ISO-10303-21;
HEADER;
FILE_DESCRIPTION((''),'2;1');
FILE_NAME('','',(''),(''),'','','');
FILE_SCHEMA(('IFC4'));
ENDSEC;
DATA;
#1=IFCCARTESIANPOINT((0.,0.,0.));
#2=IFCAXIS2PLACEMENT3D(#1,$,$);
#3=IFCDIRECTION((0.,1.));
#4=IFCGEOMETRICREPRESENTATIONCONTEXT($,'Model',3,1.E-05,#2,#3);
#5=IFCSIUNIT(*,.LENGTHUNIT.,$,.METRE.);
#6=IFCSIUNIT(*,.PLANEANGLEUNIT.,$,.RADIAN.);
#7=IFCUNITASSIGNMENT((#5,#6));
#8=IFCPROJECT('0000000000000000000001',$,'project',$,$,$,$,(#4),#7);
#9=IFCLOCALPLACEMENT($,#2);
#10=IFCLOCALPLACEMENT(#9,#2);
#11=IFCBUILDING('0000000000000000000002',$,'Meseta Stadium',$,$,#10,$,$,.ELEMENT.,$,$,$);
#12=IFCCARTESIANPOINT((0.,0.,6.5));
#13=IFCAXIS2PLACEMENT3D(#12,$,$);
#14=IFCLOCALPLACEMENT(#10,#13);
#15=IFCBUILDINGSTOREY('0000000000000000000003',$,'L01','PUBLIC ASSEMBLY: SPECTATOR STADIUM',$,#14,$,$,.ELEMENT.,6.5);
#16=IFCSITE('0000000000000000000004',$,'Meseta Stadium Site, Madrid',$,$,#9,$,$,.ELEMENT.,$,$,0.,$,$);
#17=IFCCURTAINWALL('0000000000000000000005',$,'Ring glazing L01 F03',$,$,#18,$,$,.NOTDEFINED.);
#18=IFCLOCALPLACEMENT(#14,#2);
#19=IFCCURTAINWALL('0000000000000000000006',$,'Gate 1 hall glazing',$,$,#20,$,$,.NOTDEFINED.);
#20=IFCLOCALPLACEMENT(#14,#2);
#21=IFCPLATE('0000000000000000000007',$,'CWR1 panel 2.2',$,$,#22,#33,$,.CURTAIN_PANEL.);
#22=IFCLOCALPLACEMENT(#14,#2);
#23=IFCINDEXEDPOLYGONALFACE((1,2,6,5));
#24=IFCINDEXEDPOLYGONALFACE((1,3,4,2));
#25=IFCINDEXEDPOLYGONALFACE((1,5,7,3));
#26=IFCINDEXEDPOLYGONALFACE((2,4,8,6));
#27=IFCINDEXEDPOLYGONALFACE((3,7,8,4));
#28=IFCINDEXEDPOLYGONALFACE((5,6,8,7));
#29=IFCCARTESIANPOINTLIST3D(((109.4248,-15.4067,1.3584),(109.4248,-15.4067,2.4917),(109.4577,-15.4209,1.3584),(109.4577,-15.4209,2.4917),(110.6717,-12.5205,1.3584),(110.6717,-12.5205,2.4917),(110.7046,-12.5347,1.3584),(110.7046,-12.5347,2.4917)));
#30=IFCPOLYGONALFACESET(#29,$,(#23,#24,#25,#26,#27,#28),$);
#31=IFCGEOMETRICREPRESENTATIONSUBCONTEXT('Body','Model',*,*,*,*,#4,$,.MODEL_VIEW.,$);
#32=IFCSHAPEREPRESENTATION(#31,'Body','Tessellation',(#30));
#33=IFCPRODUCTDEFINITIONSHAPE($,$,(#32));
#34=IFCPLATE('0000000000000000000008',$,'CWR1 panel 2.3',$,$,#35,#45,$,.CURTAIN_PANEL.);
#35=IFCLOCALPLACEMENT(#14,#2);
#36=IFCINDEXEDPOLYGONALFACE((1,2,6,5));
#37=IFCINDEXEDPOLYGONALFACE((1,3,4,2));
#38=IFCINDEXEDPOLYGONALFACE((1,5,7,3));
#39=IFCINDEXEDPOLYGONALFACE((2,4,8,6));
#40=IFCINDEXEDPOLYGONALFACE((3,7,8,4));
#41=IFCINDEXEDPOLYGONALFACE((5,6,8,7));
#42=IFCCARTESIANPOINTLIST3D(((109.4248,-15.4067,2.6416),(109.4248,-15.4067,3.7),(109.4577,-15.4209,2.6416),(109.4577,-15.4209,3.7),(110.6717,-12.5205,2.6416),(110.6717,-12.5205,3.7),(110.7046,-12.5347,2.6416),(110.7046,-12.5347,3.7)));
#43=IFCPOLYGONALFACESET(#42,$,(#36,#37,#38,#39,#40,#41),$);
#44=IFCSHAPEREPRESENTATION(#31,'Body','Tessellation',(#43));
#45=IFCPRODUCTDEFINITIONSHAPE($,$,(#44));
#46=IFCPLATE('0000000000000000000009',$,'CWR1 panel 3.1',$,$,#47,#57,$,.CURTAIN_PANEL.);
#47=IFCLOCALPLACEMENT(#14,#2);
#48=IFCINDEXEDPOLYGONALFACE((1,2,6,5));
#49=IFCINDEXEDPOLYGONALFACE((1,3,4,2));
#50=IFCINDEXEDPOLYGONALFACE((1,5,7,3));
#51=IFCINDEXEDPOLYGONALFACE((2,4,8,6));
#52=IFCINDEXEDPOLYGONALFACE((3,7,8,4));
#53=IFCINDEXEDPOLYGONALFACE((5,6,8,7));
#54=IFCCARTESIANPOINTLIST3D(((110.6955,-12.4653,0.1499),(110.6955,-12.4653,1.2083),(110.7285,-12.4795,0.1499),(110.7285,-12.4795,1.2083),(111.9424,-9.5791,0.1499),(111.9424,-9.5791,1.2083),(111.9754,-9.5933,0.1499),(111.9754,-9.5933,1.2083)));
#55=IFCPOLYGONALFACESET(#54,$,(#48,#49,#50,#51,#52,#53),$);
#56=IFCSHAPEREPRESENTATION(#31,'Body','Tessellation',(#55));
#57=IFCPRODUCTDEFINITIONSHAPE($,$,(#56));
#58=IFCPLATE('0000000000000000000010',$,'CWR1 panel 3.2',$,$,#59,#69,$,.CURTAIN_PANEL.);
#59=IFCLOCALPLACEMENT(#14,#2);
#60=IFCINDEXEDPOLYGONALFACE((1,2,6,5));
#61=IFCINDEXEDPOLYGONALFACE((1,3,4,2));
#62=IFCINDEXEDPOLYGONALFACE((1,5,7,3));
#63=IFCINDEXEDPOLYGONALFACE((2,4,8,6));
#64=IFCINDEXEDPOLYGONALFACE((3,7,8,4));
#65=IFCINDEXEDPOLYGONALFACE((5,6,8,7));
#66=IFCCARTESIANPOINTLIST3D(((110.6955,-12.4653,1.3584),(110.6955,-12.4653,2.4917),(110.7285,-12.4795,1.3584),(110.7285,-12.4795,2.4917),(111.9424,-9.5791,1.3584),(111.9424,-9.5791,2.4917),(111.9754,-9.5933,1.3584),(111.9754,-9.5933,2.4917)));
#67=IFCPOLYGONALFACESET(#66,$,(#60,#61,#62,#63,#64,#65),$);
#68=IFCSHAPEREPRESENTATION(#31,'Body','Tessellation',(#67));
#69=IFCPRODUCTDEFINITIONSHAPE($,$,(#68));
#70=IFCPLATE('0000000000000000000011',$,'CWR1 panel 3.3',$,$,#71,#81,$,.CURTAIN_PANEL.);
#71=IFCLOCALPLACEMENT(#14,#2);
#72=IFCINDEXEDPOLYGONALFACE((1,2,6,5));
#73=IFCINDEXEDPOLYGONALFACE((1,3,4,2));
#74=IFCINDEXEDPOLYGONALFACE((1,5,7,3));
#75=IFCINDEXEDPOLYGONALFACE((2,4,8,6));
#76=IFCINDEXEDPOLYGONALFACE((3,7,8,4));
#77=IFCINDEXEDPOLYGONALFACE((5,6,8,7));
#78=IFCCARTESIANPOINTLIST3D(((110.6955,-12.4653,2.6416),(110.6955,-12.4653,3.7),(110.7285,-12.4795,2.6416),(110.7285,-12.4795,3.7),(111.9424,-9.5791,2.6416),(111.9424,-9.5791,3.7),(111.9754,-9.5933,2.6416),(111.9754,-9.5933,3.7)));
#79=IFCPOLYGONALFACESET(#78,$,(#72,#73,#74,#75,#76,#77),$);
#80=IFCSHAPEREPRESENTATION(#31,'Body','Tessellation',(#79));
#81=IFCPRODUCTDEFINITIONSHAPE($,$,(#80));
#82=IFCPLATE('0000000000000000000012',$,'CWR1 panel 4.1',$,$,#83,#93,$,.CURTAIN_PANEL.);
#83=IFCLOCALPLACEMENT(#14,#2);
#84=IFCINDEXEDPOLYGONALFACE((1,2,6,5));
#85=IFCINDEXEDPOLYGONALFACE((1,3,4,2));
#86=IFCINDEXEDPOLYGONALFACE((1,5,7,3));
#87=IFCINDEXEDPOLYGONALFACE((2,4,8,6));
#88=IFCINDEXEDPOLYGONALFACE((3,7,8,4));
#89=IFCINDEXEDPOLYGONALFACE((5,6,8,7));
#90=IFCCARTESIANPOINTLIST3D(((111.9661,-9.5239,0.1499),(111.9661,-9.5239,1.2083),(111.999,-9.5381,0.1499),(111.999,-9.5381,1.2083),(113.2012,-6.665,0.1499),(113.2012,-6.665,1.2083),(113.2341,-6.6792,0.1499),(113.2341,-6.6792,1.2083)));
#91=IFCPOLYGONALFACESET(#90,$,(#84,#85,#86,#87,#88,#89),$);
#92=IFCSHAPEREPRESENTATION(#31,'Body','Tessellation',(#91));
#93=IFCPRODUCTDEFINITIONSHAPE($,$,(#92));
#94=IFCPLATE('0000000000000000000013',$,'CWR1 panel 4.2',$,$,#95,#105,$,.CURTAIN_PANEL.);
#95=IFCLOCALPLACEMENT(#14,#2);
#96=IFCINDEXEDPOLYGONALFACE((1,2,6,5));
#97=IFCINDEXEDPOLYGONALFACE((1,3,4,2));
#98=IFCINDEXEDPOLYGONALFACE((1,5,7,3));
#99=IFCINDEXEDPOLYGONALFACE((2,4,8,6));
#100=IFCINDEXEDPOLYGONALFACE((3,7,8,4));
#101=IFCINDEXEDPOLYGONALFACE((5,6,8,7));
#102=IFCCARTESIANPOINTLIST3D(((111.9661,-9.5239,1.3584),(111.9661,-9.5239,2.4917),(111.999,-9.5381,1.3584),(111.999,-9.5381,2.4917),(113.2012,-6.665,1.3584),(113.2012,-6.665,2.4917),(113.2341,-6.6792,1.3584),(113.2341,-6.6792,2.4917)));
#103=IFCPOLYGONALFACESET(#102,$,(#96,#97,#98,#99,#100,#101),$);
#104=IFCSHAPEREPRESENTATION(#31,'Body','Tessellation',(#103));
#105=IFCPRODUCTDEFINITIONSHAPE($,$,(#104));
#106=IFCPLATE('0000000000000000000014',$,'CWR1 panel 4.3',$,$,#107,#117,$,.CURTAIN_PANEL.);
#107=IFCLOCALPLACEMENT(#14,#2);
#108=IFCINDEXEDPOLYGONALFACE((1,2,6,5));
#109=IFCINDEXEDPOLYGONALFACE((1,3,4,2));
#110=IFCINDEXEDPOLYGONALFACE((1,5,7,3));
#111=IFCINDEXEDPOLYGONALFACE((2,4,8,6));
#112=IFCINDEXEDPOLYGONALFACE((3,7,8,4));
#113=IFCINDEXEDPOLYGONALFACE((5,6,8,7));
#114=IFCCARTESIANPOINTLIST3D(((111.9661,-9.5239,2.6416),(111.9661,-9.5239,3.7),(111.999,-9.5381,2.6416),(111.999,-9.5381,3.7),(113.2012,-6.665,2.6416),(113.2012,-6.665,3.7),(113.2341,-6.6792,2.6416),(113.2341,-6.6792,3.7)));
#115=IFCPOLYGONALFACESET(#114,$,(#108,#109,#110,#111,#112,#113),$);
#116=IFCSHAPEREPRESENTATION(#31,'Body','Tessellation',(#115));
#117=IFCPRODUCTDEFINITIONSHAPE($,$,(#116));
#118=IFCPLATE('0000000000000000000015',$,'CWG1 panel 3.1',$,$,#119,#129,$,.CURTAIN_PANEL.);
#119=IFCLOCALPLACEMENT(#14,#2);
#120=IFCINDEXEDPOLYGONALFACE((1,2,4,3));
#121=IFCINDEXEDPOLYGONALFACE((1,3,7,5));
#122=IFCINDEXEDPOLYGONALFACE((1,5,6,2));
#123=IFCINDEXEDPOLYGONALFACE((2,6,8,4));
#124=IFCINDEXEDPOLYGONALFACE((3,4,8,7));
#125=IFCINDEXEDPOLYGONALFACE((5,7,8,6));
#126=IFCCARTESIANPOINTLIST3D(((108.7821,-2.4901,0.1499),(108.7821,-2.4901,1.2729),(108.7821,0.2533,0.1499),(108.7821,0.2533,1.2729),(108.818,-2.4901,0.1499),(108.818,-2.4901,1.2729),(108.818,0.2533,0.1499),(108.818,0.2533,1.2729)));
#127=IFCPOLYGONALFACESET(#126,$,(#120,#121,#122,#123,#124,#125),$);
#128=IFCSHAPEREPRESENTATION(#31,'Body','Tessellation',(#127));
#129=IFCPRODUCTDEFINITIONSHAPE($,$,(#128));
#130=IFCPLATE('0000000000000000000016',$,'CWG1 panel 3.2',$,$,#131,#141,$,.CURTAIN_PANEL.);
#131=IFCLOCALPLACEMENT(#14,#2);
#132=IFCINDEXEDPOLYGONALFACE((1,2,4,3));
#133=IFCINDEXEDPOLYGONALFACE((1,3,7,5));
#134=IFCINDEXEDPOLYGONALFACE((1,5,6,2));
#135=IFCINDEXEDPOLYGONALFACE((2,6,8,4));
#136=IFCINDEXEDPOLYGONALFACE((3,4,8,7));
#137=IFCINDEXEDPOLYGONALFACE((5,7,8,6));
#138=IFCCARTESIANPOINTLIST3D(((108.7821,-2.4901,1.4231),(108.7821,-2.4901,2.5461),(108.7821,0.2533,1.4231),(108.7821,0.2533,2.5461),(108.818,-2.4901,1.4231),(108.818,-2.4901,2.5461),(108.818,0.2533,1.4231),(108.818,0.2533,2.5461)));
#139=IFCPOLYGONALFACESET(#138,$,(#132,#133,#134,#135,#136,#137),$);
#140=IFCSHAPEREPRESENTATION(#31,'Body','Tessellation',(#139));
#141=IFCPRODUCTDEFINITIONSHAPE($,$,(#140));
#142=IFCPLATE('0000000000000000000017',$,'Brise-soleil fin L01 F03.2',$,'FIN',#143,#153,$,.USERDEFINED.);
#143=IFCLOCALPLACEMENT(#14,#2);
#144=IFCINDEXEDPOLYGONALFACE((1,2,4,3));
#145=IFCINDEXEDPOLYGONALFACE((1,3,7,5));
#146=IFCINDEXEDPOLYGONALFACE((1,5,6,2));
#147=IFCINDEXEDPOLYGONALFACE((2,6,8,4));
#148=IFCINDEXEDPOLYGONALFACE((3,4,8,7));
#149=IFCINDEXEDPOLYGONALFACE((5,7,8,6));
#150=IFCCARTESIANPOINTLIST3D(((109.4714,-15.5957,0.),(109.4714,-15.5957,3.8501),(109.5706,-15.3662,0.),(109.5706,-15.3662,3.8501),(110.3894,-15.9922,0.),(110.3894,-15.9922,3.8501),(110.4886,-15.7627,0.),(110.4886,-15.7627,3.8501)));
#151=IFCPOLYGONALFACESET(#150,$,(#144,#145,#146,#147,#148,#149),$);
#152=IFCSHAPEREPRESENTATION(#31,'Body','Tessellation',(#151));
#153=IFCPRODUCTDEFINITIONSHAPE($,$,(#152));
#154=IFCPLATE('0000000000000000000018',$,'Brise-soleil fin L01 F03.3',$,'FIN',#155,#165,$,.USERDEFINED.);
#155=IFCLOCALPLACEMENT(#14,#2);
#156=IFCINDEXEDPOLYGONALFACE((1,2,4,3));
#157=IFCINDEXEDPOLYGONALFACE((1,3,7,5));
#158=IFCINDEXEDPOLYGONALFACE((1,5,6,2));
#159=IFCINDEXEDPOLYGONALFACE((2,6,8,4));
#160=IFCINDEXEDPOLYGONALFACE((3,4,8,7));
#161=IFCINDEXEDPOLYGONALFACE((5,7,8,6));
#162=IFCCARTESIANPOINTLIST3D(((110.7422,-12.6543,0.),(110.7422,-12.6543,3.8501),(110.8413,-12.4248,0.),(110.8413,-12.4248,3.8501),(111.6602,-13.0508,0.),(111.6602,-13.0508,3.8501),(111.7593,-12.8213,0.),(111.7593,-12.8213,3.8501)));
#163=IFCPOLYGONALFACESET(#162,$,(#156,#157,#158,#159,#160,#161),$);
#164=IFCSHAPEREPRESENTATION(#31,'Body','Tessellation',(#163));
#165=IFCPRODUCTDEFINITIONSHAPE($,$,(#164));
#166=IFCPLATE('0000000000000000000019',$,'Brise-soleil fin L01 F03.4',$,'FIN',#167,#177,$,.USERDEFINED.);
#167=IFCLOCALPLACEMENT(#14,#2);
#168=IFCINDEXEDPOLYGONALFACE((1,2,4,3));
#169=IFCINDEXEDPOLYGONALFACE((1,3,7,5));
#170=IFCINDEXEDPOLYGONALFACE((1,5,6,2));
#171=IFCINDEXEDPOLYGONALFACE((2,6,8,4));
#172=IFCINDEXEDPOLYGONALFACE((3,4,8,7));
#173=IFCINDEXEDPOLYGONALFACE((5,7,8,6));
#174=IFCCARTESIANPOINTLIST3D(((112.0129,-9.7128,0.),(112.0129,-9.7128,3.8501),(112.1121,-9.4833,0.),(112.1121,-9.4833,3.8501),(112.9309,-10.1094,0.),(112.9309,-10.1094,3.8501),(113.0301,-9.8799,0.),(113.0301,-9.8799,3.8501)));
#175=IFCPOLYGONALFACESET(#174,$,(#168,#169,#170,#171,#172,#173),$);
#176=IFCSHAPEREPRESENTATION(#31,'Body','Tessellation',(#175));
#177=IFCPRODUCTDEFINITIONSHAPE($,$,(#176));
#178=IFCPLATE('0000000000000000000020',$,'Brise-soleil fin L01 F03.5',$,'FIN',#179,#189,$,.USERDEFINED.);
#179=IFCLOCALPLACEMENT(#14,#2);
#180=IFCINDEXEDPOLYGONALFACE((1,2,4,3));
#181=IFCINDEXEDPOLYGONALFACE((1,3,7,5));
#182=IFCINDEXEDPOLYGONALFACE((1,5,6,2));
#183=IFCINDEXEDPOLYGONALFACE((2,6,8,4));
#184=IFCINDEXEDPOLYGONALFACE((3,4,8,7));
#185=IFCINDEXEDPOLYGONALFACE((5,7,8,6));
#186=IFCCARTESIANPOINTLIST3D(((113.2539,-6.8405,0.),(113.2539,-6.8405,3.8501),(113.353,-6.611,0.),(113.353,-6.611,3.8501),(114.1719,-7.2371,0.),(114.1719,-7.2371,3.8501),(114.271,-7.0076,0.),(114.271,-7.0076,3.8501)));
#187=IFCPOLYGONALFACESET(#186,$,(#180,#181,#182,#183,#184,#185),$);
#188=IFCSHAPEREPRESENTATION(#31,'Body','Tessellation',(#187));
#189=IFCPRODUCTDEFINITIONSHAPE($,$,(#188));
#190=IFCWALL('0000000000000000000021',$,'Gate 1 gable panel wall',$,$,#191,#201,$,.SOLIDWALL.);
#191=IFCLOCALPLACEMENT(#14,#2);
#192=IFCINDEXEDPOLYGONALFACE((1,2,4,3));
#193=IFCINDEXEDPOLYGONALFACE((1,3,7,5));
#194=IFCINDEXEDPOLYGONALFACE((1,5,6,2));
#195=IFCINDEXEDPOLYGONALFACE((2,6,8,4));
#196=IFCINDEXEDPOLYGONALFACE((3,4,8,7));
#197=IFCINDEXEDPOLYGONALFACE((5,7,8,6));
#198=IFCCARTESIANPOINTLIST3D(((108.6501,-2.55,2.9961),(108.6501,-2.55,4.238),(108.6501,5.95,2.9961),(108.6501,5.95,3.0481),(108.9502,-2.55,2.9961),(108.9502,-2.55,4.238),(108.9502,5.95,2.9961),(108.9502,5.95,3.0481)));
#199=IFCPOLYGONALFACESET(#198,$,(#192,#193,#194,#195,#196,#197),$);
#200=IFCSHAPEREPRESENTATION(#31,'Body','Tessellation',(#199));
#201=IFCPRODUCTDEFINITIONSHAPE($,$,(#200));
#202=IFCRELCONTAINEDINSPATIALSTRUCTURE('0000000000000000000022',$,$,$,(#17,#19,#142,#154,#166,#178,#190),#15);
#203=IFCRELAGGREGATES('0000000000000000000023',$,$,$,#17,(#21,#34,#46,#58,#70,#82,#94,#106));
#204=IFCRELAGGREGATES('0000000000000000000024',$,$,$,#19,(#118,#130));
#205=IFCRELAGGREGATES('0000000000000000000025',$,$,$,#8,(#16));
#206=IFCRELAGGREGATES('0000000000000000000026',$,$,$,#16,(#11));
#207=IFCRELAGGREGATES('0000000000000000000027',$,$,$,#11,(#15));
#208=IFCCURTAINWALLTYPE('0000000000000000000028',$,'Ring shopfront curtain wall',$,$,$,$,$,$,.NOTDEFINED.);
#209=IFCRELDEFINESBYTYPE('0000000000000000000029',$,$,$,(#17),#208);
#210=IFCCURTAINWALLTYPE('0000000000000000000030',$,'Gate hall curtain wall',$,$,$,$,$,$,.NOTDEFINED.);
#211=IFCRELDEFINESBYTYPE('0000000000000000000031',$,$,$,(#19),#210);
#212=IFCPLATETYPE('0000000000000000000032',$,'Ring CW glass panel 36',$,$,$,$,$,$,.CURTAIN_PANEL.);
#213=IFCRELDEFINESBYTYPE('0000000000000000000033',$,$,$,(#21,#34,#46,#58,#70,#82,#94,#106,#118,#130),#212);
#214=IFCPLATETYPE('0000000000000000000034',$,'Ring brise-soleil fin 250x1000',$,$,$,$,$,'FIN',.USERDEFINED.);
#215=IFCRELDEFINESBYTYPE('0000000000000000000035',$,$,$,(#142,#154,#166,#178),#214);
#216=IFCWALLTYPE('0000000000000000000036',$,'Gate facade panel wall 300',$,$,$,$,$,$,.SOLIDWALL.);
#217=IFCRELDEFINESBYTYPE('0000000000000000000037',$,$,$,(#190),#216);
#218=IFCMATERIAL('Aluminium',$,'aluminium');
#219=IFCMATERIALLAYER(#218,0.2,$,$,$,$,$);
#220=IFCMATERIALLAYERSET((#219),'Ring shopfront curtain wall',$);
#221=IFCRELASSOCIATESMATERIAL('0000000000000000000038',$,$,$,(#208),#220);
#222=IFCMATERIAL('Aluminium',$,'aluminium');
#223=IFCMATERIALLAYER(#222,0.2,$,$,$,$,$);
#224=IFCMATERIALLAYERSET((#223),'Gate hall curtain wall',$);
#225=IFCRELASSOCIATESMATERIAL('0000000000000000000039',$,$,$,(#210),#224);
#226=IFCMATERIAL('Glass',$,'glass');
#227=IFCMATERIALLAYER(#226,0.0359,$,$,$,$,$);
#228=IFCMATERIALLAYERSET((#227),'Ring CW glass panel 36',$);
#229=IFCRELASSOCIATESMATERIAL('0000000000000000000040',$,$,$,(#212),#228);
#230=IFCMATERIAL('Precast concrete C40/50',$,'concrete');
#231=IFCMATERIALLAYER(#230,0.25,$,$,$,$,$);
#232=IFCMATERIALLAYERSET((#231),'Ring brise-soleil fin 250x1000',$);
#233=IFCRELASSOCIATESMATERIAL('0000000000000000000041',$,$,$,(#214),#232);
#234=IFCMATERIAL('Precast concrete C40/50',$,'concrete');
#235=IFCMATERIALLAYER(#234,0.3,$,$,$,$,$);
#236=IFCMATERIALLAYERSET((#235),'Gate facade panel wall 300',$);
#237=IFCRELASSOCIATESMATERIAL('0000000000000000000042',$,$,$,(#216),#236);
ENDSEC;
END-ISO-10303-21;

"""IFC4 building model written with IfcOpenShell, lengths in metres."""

from ifc_helpers import new_model, si_unit, direction, frame, origin, origin_2d, place, context, subcontext, project, spatial, polyline, rectangle, outline, extrude, material, layer, layer_set, type_object, element, aggregate, save


model = new_model("IFC4")

# Units and contexts
model_context = context("Model", 3, precision=1e-05, world=origin(), true_north=direction((0.0, 1.0)))
body_context = subcontext(model_context, "Body", "Model", "MODEL_VIEW")
ifc_project = project(units=[si_unit("LENGTHUNIT", "METRE"), si_unit("PLANEANGLEUNIT", "RADIAN")], contexts=[model_context])

# Site, building, storey
site_placement = place(None, origin())
site = spatial("IfcSite", under=ifc_project, at=site_placement, Name="Meseta Stadium Site, Madrid", CompositionType="ELEMENT", RefElevation=0.0)
building_placement = place(site_placement, origin())
building = spatial("IfcBuilding", under=site, at=building_placement, Name="Meseta Stadium", CompositionType="ELEMENT")
storey_placement = place(building_placement, frame((0.0, 0.0, 6.5)))
storey = spatial("IfcBuildingStorey", under=building, at=storey_placement, Name="L01", Description="PUBLIC ASSEMBLY: SPECTATOR STADIUM", CompositionType="ELEMENT", Elevation=6.5)

# Curtain wall
ifc_material_1 = material(Name="Aluminium", Category="aluminium")
ifc_layer_1 = layer(ifc_material_1, 0.2)
ifc_layer_set_1 = layer_set([ifc_layer_1], Name="Ring shopfront curtain wall")
curtain_wall_type_1 = type_object("IfcCurtainWallType", Name="Ring shopfront curtain wall", PredefinedType="NOTDEFINED", material=ifc_layer_set_1)
curtain_wall_1_placement = place(storey_placement, origin())
curtain_wall_1 = element("IfcCurtainWall", 1, at=curtain_wall_1_placement, inside=storey, type_object=curtain_wall_type_1, Name="Ring glazing L01 F03", PredefinedType="NOTDEFINED")

# Curtain wall
ifc_material_2 = material(Name="Aluminium", Category="aluminium")
ifc_layer_2 = layer(ifc_material_2, 0.2)
ifc_layer_set_2 = layer_set([ifc_layer_2], Name="Gate hall curtain wall")
curtain_wall_type_2 = type_object("IfcCurtainWallType", Name="Gate hall curtain wall", PredefinedType="NOTDEFINED", material=ifc_layer_set_2)
curtain_wall_2_placement = place(storey_placement, origin())
curtain_wall_2 = element("IfcCurtainWall", 2, at=curtain_wall_2_placement, inside=storey, type_object=curtain_wall_type_2, Name="Gate 1 hall glazing", PredefinedType="NOTDEFINED")

# Plates
ifc_material_3 = material(Name="Glass", Category="glass")
ifc_layer_3 = layer(ifc_material_3, 0.0359)
ifc_layer_set_3 = layer_set([ifc_layer_3], Name="Ring CW glass panel 36")
plate_type_1 = type_object("IfcPlateType", Name="Ring CW glass panel 36", PredefinedType="CURTAIN_PANEL", material=ifc_layer_set_3)
plate_1_placement = place(storey_placement, frame((110.0647, -13.9707, 1.3584), z_axis=(0.0, 0.0, 1.0), x_axis=(0.396581, 0.918, 0.0)))
plate_1 = element("IfcPlate", 3, at=plate_1_placement, type_object=plate_type_1, Name="CWR1 panel 2.2", PredefinedType="CURTAIN_PANEL", context=body_context, shape_type="SweptSolid", body=[
    extrude(rectangle(XDim=3.144, YDim=0.0359, at=origin_2d()), origin(), (0.0, 0.0, 1.0), 1.1333),
])
plate_2_placement = place(storey_placement, frame((110.0647, -13.9707, 2.6416), z_axis=(0.0, 0.0, 1.0), x_axis=(0.396581, 0.918, 0.0)))
plate_2 = element("IfcPlate", 4, at=plate_2_placement, type_object=plate_type_1, Name="CWR1 panel 2.3", PredefinedType="CURTAIN_PANEL", context=body_context, shape_type="SweptSolid", body=[
    extrude(rectangle(XDim=3.144, YDim=0.0359, at=origin_2d()), origin(), (0.0, 0.0, 1.0), 1.0583),
])
plate_3_placement = place(storey_placement, frame((111.3354, -11.0293, 0.1499), z_axis=(0.0, 0.0, 1.0), x_axis=(0.396581, 0.918, 0.0)))
plate_3 = element("IfcPlate", 5, at=plate_3_placement, type_object=plate_type_1, Name="CWR1 panel 3.1", PredefinedType="CURTAIN_PANEL", context=body_context, shape_type="SweptSolid", body=[
    extrude(rectangle(XDim=3.144, YDim=0.0359, at=origin_2d()), origin(), (0.0, 0.0, 1.0), 1.0583),
])
plate_4_placement = place(storey_placement, frame((111.3354, -11.0293, 1.3584), z_axis=(0.0, 0.0, 1.0), x_axis=(0.396581, 0.918, 0.0)))
plate_4 = element("IfcPlate", 6, at=plate_4_placement, type_object=plate_type_1, Name="CWR1 panel 3.2", PredefinedType="CURTAIN_PANEL", context=body_context, shape_type="SweptSolid", body=[
    extrude(rectangle(XDim=3.144, YDim=0.0359, at=origin_2d()), origin(), (0.0, 0.0, 1.0), 1.1333),
])
plate_5_placement = place(storey_placement, frame((111.3354, -11.0293, 2.6416), z_axis=(0.0, 0.0, 1.0), x_axis=(0.396581, 0.918, 0.0)))
plate_5 = element("IfcPlate", 7, at=plate_5_placement, type_object=plate_type_1, Name="CWR1 panel 3.3", PredefinedType="CURTAIN_PANEL", context=body_context, shape_type="SweptSolid", body=[
    extrude(rectangle(XDim=3.144, YDim=0.0359, at=origin_2d()), origin(), (0.0, 0.0, 1.0), 1.0583),
])
plate_6_placement = place(storey_placement, frame((112.6001, -8.1016, 0.1499), z_axis=(0.0, 0.0, 1.0), x_axis=(0.396581, 0.918, 0.0)))
plate_6 = element("IfcPlate", 8, at=plate_6_placement, type_object=plate_type_1, Name="CWR1 panel 4.1", PredefinedType="CURTAIN_PANEL", context=body_context, shape_type="SweptSolid", body=[
    extrude(rectangle(XDim=3.1143, YDim=0.0359, at=origin_2d()), origin(), (0.0, 0.0, 1.0), 1.0583),
])
plate_7_placement = place(storey_placement, frame((112.6001, -8.1016, 1.3584), z_axis=(0.0, 0.0, 1.0), x_axis=(0.396581, 0.918, 0.0)))
plate_7 = element("IfcPlate", 9, at=plate_7_placement, type_object=plate_type_1, Name="CWR1 panel 4.2", PredefinedType="CURTAIN_PANEL", context=body_context, shape_type="SweptSolid", body=[
    extrude(rectangle(XDim=3.1143, YDim=0.0359, at=origin_2d()), origin(), (0.0, 0.0, 1.0), 1.1333),
])
plate_8_placement = place(storey_placement, frame((112.6001, -8.1016, 2.6416), z_axis=(0.0, 0.0, 1.0), x_axis=(0.396581, 0.918, 0.0)))
plate_8 = element("IfcPlate", 10, at=plate_8_placement, type_object=plate_type_1, Name="CWR1 panel 4.3", PredefinedType="CURTAIN_PANEL", context=body_context, shape_type="SweptSolid", body=[
    extrude(rectangle(XDim=3.1143, YDim=0.0359, at=origin_2d()), origin(), (0.0, 0.0, 1.0), 1.0583),
])
aggregate(curtain_wall_1, [plate_1, plate_2, plate_3, plate_4, plate_5, plate_6, plate_7, plate_8])
plate_9_placement = place(storey_placement, frame((108.8, -1.1184, 0.1499), z_axis=(0.0, 0.0, 1.0), x_axis=(0.0, -1.0, 0.0)))
plate_9 = element("IfcPlate", 11, at=plate_9_placement, type_object=plate_type_1, Name="CWG1 panel 3.1", PredefinedType="CURTAIN_PANEL", context=body_context, shape_type="SweptSolid", body=[
    extrude(rectangle(XDim=2.7434, YDim=0.0359, at=origin_2d()), origin(), (0.0, 0.0, 1.0), 1.123),
])
plate_10_placement = place(storey_placement, frame((108.8, -1.1184, 1.4231), z_axis=(0.0, 0.0, 1.0), x_axis=(0.0, -1.0, 0.0)))
plate_10 = element("IfcPlate", 12, at=plate_10_placement, type_object=plate_type_1, Name="CWG1 panel 3.2", PredefinedType="CURTAIN_PANEL", context=body_context, shape_type="SweptSolid", body=[
    extrude(rectangle(XDim=2.7434, YDim=0.0359, at=origin_2d()), origin(), (0.0, 0.0, 1.0), 1.123),
])
aggregate(curtain_wall_2, [plate_9, plate_10])

# Plates
ifc_material_4 = material(Name="Precast concrete C40/50", Category="concrete")
ifc_layer_4 = layer(ifc_material_4, 0.25)
ifc_layer_set_4 = layer_set([ifc_layer_4], Name="Ring brise-soleil fin 250x1000")
plate_type_2 = type_object("IfcPlateType", Name="Ring brise-soleil fin 250x1000", ElementType="FIN", PredefinedType="USERDEFINED", material=ifc_layer_set_4)
for number, where, z_axis, x_axis, name in (
    (13, (109.98, -15.6792, 0.0), (0.0, 0.0, 1.0), (0.396576, 0.918002, 0.0), "Brise-soleil fin L01 F03.2"),
    (14, (111.2507, -12.7378, 0.0), (0.0, 0.0, 1.0), (0.396576, 0.918002, 0.0), "Brise-soleil fin L01 F03.3"),
    (15, (112.5215, -9.7964, 0.0), (0.0, 0.0, 1.0), (0.396576, 0.918002, 0.0), "Brise-soleil fin L01 F03.4"),
    (16, (113.7625, -6.9241, 0.0), (0.0, 0.0, 1.0), (0.396576, 0.918002, 0.0), "Brise-soleil fin L01 F03.5"),
):
    element("IfcPlate", number, at=place(storey_placement, frame(where, z_axis=z_axis, x_axis=x_axis)), inside=storey, type_object=plate_type_2, Name=name, ObjectType="FIN", PredefinedType="USERDEFINED", context=body_context, shape_type="SweptSolid", body=[
        extrude(rectangle(XDim=0.25, YDim=1.0, at=origin_2d()), origin(), (0.0, 0.0, 1.0), 3.8501),
    ])

# Wall
ifc_material_5 = material(Name="Precast concrete C40/50", Category="concrete")
ifc_layer_5 = layer(ifc_material_5, 0.3)
ifc_layer_set_5 = layer_set([ifc_layer_5], Name="Gate facade panel wall 300")
wall_type = type_object("IfcWallType", Name="Gate facade panel wall 300", PredefinedType="SOLIDWALL", material=ifc_layer_set_5)
wall_placement = place(storey_placement, frame((108.8, -2.55, 2.9961), z_axis=(0.0, 0.0, 1.0), x_axis=(0.0, 1.0, 0.0)))
element("IfcWall", 17, at=wall_placement, inside=storey, type_object=wall_type, Name="Gate 1 gable panel wall", PredefinedType="SOLIDWALL", context=body_context, shape_type="SweptSolid", body=[
    extrude(outline(polyline([(0.0, 0.0), (8.5, 0.0), (8.5, 0.052), (0.0, 1.2419), (0.0, 0.0)])), frame((0.0, 0.1499, 0.0), z_axis=(0.0, -1.0, 0.0), x_axis=(1.0, 0.0, 0.0)), (0.0, 0.0, 1.0), 0.3),
])

save(model, "model.ifc")
